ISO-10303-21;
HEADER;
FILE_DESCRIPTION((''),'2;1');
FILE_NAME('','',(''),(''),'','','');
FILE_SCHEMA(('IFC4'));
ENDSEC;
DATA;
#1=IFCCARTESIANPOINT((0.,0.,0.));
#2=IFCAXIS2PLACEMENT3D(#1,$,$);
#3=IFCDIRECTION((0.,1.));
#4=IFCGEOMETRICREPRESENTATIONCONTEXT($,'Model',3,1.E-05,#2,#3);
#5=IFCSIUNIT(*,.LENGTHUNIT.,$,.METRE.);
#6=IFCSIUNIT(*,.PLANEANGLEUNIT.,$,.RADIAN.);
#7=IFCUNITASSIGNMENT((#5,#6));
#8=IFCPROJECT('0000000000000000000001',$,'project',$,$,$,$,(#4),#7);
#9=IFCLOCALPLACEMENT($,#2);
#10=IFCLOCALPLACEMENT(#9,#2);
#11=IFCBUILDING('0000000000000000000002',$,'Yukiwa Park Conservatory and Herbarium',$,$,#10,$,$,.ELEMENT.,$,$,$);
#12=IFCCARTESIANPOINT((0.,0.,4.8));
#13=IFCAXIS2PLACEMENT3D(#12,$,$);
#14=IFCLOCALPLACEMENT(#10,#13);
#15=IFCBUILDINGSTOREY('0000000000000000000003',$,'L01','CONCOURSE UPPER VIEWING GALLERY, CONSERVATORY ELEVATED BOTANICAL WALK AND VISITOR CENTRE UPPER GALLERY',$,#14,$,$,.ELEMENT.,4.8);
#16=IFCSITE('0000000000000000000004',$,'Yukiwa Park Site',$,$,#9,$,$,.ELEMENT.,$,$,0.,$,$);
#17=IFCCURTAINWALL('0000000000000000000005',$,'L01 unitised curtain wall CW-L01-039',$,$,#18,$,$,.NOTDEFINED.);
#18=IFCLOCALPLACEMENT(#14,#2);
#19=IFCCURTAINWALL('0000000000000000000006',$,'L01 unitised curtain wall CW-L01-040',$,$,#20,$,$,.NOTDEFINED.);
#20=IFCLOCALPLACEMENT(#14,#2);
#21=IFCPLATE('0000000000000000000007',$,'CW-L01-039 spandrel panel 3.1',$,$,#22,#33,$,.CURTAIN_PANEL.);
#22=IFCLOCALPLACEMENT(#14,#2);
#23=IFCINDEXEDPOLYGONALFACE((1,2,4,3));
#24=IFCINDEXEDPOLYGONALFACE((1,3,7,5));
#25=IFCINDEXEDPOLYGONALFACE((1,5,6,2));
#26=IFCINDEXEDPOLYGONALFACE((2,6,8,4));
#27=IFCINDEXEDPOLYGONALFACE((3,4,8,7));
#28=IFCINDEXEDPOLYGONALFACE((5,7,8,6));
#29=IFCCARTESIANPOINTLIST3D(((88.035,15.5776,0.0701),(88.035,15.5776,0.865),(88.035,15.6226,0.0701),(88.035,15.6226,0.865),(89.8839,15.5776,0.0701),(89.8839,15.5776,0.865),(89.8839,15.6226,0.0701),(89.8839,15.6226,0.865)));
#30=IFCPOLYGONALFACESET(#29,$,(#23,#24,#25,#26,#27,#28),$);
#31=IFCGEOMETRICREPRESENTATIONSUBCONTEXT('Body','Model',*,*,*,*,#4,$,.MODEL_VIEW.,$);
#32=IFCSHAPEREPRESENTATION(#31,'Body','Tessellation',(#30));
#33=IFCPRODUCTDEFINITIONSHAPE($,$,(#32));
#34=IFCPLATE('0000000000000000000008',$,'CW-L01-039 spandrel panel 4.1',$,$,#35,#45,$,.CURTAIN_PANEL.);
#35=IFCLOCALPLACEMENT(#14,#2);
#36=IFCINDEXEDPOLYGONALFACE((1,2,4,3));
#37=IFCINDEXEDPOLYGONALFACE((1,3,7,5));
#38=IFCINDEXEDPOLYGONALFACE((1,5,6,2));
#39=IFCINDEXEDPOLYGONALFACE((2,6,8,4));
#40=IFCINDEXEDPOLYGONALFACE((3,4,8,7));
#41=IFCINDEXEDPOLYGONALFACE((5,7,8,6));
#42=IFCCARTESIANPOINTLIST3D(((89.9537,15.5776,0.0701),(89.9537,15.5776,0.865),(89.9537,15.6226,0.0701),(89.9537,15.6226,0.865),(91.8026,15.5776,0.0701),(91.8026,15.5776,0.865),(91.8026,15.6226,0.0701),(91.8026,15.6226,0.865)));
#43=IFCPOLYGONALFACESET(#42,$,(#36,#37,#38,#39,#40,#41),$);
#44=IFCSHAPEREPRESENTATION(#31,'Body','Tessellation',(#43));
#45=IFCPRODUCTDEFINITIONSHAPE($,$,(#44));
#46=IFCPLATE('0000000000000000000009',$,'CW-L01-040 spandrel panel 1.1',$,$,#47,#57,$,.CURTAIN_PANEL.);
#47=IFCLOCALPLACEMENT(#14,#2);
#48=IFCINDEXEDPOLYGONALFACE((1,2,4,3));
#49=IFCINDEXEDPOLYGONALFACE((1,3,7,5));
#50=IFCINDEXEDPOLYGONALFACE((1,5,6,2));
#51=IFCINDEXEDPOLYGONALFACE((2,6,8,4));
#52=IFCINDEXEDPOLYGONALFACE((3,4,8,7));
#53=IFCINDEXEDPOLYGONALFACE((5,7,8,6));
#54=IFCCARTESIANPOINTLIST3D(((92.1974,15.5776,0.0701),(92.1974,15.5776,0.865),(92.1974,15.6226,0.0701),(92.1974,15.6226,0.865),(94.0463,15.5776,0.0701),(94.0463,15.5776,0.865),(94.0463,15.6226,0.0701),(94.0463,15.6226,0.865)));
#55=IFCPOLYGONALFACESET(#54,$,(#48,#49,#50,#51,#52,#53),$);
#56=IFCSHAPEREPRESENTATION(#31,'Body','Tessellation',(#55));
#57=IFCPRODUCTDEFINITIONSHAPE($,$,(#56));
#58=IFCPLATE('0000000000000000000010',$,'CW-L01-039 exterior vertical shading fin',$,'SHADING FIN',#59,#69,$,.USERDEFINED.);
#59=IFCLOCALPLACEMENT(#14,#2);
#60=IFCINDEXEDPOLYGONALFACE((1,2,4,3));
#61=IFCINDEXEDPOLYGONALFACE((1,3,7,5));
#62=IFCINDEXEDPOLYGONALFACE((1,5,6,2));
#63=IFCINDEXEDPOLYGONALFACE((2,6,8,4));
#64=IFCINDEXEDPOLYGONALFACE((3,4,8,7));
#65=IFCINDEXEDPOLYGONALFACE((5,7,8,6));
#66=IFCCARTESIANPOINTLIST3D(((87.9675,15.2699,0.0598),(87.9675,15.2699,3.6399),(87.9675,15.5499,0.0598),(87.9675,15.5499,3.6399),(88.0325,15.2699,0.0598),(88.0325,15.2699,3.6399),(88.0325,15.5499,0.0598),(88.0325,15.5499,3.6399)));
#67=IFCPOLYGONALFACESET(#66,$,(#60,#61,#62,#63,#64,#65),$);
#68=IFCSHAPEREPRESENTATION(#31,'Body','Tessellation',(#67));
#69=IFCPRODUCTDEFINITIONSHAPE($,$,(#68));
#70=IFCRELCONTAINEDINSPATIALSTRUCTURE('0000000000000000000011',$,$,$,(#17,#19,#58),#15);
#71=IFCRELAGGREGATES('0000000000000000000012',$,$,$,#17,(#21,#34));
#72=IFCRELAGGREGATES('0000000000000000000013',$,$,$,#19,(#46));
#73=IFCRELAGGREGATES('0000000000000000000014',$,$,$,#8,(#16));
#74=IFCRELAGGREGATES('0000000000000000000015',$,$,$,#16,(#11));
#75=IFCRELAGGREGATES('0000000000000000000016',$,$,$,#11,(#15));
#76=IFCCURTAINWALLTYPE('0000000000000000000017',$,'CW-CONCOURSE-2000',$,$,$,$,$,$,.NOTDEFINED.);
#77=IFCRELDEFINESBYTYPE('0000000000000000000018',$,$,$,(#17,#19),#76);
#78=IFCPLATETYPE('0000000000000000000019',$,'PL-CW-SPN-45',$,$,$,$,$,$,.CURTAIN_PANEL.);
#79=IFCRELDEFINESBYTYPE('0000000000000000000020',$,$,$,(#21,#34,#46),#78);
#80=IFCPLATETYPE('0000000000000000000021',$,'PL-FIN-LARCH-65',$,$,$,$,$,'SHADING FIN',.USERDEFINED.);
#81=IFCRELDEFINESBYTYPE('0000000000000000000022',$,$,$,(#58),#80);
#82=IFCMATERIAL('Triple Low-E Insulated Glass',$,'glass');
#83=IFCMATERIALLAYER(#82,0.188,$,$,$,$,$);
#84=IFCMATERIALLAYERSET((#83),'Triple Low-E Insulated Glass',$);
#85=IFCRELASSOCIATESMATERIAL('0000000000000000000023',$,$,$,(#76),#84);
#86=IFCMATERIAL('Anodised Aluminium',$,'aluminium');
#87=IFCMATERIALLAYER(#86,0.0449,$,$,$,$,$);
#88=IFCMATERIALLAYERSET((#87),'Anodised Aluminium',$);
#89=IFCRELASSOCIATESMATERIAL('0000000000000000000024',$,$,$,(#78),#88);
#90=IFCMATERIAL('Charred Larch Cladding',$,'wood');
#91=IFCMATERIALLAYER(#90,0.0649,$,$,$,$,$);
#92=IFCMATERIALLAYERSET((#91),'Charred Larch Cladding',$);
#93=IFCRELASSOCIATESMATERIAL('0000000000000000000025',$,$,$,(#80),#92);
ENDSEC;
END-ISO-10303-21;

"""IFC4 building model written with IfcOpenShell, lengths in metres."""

from ifc_helpers import new_model, si_unit, direction, frame, origin, origin_2d, place, context, subcontext, project, spatial, rectangle, extrude, material, layer, layer_set, type_object, element, aggregate, save


model = new_model("IFC4")

# Units and contexts
model_context = context("Model", 3, precision=1e-05, world=origin(), true_north=direction((0.0, 1.0)))
body_context = subcontext(model_context, "Body", "Model", "MODEL_VIEW")
ifc_project = project(units=[si_unit("LENGTHUNIT", "METRE"), si_unit("PLANEANGLEUNIT", "RADIAN")], contexts=[model_context])

# Site, building, storey
site_placement = place(None, origin())
site = spatial("IfcSite", under=ifc_project, at=site_placement, Name="Yukiwa Park Site", CompositionType="ELEMENT", RefElevation=0.0)
building_placement = place(site_placement, origin())
building = spatial("IfcBuilding", under=site, at=building_placement, Name="Yukiwa Park Conservatory and Herbarium", CompositionType="ELEMENT")
storey_placement = place(building_placement, frame((0.0, 0.0, 4.8)))
storey = spatial("IfcBuildingStorey", under=building, at=storey_placement, Name="L01", Description="CONCOURSE UPPER VIEWING GALLERY, CONSERVATORY ELEVATED BOTANICAL WALK AND VISITOR CENTRE UPPER GALLERY", CompositionType="ELEMENT", Elevation=4.8)

# Curtain walls
ifc_material_1 = material(Name="Triple Low-E Insulated Glass", Category="glass")
ifc_layer_1 = layer(ifc_material_1, 0.188)
ifc_layer_set_1 = layer_set([ifc_layer_1], Name="Triple Low-E Insulated Glass")
curtain_wall_type = type_object("IfcCurtainWallType", Name="CW-CONCOURSE-2000", PredefinedType="NOTDEFINED", material=ifc_layer_set_1)
curtain_wall_1_placement = place(storey_placement, origin())
curtain_wall_1 = element("IfcCurtainWall", 1, at=curtain_wall_1_placement, inside=storey, type_object=curtain_wall_type, Name="L01 unitised curtain wall CW-L01-039", PredefinedType="NOTDEFINED")
curtain_wall_2_placement = place(storey_placement, origin())
curtain_wall_2 = element("IfcCurtainWall", 2, at=curtain_wall_2_placement, inside=storey, type_object=curtain_wall_type, Name="L01 unitised curtain wall CW-L01-040", PredefinedType="NOTDEFINED")

# Plates
ifc_material_2 = material(Name="Anodised Aluminium", Category="aluminium")
ifc_layer_2 = layer(ifc_material_2, 0.0449)
ifc_layer_set_2 = layer_set([ifc_layer_2], Name="Anodised Aluminium")
plate_type_1 = type_object("IfcPlateType", Name="PL-CW-SPN-45", PredefinedType="CURTAIN_PANEL", material=ifc_layer_set_2)
plate_1_placement = place(storey_placement, frame((88.9595, 15.6001, 0.0701), z_axis=(0.0, 0.0, 1.0), x_axis=(1.0, 0.0, 0.0)))
plate_1 = element("IfcPlate", 3, at=plate_1_placement, type_object=plate_type_1, Name="CW-L01-039 spandrel panel 3.1", PredefinedType="CURTAIN_PANEL", context=body_context, shape_type="SweptSolid", body=[
    extrude(rectangle(XDim=1.8489, YDim=0.0449, at=origin_2d()), origin(), (0.0, 0.0, 1.0), 0.7949),
])
plate_2_placement = place(storey_placement, frame((90.8782, 15.6001, 0.0701), z_axis=(0.0, 0.0, 1.0), x_axis=(1.0, 0.0, 0.0)))
plate_2 = element("IfcPlate", 4, at=plate_2_placement, type_object=plate_type_1, Name="CW-L01-039 spandrel panel 4.1", PredefinedType="CURTAIN_PANEL", context=body_context, shape_type="SweptSolid", body=[
    extrude(rectangle(XDim=1.8489, YDim=0.0449, at=origin_2d()), origin(), (0.0, 0.0, 1.0), 0.7949),
])
aggregate(curtain_wall_1, [plate_1, plate_2])
plate_3_placement = place(storey_placement, frame((93.1218, 15.6001, 0.0701), z_axis=(0.0, 0.0, 1.0), x_axis=(1.0, 0.0, 0.0)))
plate_3 = element("IfcPlate", 5, at=plate_3_placement, type_object=plate_type_1, Name="CW-L01-040 spandrel panel 1.1", PredefinedType="CURTAIN_PANEL", context=body_context, shape_type="SweptSolid", body=[
    extrude(rectangle(XDim=1.8489, YDim=0.0449, at=origin_2d()), origin(), (0.0, 0.0, 1.0), 0.7949),
])
aggregate(curtain_wall_2, [plate_3])
ifc_material_3 = material(Name="Charred Larch Cladding", Category="wood")
ifc_layer_3 = layer(ifc_material_3, 0.0649)
ifc_layer_set_3 = layer_set([ifc_layer_3], Name="Charred Larch Cladding")
plate_type_2 = type_object("IfcPlateType", Name="PL-FIN-LARCH-65", ElementType="SHADING FIN", PredefinedType="USERDEFINED", material=ifc_layer_set_3)
plate_4_placement = place(storey_placement, frame((88.0, 15.4099, 0.0598), z_axis=(0.0, 0.0, 1.0), x_axis=(1.0, 0.0, 0.0)))
element("IfcPlate", 6, at=plate_4_placement, inside=storey, type_object=plate_type_2, Name="CW-L01-039 exterior vertical shading fin", ObjectType="SHADING FIN", PredefinedType="USERDEFINED", context=body_context, shape_type="SweptSolid", body=[
    extrude(rectangle(XDim=0.0649, YDim=0.28, at=origin_2d()), origin(), (0.0, 0.0, 1.0), 3.5801),
])

save(model, "model.ifc")
